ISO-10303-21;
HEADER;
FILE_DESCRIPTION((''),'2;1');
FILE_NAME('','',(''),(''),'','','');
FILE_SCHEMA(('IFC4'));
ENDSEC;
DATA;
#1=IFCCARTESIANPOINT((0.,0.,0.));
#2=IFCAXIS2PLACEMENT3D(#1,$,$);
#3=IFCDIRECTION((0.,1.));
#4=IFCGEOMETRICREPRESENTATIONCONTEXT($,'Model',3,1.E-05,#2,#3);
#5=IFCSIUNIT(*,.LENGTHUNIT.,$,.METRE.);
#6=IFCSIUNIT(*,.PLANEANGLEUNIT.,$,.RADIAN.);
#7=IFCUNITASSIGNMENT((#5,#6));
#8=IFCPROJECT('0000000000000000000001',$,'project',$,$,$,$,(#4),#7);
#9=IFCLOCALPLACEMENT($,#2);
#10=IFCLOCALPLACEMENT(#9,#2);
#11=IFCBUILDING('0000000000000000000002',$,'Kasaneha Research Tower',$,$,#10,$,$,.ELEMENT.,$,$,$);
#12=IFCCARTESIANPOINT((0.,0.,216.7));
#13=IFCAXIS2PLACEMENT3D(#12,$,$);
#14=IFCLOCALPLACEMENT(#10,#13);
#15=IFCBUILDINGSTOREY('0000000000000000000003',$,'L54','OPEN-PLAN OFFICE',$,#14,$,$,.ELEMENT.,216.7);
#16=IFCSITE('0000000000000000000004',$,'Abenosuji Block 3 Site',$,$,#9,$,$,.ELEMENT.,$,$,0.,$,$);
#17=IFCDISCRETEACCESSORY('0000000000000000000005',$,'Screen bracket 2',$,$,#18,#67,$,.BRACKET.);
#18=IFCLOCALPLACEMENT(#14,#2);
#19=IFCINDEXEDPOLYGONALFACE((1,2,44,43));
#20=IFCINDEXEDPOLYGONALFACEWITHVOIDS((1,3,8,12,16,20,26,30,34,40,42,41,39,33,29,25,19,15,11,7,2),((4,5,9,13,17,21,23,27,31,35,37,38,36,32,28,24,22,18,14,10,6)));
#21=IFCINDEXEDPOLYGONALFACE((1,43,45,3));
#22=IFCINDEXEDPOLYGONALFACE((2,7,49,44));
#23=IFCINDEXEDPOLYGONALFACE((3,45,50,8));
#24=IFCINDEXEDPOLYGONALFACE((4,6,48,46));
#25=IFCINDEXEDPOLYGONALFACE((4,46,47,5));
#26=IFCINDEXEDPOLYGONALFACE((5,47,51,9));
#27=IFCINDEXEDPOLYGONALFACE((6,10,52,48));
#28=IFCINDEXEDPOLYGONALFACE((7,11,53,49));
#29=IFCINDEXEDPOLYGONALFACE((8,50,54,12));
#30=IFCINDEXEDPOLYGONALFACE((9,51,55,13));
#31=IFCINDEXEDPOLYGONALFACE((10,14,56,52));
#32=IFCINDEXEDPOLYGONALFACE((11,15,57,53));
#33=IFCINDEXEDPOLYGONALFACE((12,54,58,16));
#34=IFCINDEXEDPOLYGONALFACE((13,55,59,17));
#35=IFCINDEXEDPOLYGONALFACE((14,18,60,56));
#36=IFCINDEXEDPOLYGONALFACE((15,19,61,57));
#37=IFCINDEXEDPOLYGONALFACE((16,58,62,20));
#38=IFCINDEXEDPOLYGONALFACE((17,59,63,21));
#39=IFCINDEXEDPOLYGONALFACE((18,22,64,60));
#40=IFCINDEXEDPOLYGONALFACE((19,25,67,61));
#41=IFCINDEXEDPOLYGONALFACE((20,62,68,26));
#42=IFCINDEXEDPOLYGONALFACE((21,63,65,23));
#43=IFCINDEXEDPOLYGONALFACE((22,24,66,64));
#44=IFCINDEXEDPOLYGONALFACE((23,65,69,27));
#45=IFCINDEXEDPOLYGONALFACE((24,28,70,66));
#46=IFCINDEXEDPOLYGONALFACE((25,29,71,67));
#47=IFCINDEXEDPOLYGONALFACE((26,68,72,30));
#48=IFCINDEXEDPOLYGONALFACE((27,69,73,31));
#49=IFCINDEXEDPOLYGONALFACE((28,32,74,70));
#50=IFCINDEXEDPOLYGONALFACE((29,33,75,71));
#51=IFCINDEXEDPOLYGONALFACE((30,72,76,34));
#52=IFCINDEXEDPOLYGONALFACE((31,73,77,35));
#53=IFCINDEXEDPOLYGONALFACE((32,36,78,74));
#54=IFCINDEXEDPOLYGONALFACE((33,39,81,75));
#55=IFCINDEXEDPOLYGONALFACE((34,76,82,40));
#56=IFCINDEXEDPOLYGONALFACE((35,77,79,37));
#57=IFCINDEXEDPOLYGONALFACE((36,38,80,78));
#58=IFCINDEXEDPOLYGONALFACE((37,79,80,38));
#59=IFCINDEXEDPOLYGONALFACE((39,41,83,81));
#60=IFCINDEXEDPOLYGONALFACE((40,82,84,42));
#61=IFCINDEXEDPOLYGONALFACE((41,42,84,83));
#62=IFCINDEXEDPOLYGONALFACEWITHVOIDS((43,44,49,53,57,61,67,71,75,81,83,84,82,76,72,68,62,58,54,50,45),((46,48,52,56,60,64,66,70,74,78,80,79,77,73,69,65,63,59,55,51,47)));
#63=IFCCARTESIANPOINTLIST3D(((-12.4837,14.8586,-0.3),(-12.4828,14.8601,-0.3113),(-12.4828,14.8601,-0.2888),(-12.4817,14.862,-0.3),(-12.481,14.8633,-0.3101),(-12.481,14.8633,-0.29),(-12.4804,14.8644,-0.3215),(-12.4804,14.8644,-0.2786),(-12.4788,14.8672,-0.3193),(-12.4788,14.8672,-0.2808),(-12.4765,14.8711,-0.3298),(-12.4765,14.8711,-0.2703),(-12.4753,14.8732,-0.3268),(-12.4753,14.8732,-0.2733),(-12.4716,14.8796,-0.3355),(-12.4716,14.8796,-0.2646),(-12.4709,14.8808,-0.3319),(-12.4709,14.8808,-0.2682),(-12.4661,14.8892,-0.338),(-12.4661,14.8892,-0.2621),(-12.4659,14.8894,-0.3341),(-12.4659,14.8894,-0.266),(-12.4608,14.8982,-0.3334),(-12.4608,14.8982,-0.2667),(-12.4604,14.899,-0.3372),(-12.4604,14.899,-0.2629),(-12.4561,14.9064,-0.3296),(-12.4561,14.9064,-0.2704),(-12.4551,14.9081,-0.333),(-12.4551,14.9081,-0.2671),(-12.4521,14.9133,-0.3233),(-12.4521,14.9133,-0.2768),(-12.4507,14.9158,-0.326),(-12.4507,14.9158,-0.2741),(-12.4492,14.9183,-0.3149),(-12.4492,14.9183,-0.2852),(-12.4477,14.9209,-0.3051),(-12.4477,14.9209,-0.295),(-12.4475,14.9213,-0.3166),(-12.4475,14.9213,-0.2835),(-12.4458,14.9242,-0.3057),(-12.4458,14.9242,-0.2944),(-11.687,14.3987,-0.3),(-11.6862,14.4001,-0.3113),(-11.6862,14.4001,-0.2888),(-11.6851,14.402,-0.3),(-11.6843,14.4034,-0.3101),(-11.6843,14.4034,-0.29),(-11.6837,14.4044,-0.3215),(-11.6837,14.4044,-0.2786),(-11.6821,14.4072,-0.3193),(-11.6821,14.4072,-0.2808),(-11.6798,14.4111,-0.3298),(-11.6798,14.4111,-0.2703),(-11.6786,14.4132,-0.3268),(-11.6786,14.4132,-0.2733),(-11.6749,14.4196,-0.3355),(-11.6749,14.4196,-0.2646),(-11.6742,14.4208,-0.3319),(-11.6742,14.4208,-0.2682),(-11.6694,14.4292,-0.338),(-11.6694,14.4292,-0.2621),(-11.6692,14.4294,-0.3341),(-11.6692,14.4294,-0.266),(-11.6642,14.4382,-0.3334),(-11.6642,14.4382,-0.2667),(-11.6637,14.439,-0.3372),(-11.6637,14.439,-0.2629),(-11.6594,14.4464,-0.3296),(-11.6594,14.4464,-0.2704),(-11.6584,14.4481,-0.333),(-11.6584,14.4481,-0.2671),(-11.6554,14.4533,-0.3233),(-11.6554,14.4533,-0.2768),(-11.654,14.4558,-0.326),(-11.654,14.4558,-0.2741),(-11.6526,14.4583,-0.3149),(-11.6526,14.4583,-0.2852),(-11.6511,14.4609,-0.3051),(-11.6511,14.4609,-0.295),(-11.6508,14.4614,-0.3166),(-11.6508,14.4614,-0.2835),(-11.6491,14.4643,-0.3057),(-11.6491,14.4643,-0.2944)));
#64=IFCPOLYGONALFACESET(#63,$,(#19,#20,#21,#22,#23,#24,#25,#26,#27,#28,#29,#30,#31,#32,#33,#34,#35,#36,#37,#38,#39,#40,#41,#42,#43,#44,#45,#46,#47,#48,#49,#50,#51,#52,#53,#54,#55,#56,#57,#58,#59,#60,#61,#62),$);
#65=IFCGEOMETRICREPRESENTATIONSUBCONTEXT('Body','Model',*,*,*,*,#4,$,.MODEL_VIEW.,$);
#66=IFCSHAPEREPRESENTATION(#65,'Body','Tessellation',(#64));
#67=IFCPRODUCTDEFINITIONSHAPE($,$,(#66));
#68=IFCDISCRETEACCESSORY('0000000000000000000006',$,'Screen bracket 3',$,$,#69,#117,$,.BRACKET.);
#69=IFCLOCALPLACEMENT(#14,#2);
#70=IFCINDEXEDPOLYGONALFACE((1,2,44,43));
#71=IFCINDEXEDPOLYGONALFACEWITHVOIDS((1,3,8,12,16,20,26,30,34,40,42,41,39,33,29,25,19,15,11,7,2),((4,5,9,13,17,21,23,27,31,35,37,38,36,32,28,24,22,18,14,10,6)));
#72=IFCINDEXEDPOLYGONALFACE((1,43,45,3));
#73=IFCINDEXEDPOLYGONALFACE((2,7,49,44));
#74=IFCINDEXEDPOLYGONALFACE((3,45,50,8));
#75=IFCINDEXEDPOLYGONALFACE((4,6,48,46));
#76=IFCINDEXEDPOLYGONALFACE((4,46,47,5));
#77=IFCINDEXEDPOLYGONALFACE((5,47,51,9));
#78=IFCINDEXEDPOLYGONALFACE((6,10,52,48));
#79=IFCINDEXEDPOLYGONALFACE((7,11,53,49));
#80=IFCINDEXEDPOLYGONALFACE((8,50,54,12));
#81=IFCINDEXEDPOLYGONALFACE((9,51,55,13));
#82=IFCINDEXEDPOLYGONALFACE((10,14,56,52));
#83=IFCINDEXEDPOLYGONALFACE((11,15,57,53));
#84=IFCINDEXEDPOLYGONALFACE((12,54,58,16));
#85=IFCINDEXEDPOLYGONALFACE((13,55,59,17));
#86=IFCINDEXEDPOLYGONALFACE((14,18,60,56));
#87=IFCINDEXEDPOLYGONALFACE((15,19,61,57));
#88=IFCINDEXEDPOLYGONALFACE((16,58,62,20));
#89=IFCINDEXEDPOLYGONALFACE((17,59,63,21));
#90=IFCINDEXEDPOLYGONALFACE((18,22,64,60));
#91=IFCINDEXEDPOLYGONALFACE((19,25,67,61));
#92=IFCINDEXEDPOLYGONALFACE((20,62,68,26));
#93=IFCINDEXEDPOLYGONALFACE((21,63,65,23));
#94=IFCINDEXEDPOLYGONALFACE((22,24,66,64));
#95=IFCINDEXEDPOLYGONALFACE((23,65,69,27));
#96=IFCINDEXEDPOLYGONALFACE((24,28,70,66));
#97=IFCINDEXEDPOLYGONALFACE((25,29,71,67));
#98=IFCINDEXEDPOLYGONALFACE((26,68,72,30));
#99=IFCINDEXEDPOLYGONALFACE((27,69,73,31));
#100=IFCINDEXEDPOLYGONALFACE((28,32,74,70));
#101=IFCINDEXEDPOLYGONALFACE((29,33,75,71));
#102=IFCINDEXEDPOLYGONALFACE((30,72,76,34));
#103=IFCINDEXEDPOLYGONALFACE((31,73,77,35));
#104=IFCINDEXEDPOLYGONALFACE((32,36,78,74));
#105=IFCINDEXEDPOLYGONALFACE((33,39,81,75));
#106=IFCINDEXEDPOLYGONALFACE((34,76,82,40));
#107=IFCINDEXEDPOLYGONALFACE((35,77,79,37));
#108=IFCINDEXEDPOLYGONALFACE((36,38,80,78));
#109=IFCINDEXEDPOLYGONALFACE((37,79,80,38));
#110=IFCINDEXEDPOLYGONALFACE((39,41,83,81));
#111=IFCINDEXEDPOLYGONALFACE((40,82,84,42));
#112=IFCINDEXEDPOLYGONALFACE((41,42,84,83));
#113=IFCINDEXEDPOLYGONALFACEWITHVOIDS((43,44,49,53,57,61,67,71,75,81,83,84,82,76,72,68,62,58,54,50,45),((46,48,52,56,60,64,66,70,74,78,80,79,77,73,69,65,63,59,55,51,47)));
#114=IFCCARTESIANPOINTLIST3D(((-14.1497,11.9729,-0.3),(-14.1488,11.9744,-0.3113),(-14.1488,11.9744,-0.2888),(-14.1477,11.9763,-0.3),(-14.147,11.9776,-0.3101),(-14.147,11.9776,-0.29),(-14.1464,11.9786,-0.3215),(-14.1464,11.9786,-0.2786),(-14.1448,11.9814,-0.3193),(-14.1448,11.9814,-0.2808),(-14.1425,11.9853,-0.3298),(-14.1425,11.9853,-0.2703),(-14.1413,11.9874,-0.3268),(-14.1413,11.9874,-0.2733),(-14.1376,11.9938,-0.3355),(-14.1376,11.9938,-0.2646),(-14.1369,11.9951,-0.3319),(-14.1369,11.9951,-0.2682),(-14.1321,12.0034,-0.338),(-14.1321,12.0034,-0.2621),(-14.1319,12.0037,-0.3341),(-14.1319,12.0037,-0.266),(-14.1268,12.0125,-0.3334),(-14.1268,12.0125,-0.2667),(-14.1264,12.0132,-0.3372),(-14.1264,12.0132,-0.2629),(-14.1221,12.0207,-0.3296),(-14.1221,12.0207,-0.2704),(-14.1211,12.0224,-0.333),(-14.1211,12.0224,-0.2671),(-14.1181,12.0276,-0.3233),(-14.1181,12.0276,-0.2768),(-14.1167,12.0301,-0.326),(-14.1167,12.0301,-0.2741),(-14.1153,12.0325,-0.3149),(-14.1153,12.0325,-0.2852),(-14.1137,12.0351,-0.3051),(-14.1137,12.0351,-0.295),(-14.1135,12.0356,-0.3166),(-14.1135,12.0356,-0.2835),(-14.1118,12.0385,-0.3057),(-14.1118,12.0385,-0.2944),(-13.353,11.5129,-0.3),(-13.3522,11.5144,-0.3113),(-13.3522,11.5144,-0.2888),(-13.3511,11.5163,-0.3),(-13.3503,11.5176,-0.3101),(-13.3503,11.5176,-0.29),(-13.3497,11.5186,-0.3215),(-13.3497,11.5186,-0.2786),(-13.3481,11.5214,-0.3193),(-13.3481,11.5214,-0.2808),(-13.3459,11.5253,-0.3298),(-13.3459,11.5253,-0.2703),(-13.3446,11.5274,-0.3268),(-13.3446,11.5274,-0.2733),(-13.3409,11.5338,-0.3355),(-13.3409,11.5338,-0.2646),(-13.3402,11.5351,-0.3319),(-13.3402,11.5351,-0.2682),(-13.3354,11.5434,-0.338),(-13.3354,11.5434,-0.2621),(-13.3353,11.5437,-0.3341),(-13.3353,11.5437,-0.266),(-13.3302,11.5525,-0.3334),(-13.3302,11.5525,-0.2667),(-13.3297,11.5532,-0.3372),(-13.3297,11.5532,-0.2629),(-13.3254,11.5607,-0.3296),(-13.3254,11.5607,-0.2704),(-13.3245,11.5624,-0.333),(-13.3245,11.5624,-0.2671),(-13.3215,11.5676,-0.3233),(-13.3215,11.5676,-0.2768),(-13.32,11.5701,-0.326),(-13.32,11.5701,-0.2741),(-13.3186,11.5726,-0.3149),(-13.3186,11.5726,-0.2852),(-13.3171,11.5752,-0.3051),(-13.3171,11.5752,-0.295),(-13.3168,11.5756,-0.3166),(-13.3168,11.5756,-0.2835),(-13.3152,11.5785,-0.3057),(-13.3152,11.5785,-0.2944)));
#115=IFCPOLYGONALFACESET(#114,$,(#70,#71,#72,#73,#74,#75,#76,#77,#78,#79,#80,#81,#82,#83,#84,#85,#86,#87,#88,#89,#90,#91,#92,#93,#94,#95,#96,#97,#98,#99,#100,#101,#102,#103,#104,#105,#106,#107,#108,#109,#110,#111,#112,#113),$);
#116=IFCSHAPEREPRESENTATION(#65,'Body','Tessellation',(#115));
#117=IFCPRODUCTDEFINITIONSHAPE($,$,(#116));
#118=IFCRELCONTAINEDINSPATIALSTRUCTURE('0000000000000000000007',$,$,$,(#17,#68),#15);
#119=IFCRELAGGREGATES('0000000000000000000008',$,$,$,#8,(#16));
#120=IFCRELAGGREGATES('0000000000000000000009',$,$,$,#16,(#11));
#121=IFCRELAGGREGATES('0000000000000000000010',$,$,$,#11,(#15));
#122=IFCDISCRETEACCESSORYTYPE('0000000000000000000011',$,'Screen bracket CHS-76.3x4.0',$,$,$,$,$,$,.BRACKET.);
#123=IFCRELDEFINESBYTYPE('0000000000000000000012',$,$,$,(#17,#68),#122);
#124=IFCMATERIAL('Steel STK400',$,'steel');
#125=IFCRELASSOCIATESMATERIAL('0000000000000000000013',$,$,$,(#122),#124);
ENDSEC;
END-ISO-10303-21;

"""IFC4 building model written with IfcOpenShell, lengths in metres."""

from ifc_helpers import new_model, si_unit, direction, frame, origin, origin_2d, place, context, subcontext, project, spatial, hollow_circle, extrude, material, material_profile, profile_set, type_object, element, save


model = new_model("IFC4")

# Units and contexts
model_context = context("Model", 3, precision=1e-05, world=origin(), true_north=direction((0.0, 1.0)))
body_context = subcontext(model_context, "Body", "Model", "MODEL_VIEW")
ifc_project = project(units=[si_unit("LENGTHUNIT", "METRE"), si_unit("PLANEANGLEUNIT", "RADIAN")], contexts=[model_context])

# Site, building, storey
site_placement = place(None, origin())
site = spatial("IfcSite", under=ifc_project, at=site_placement, Name="Abenosuji Block 3 Site", CompositionType="ELEMENT", RefElevation=0.0)
building_placement = place(site_placement, origin())
building = spatial("IfcBuilding", under=site, at=building_placement, Name="Kasaneha Research Tower", CompositionType="ELEMENT")
storey_placement = place(building_placement, frame((0.0, 0.0, 216.7)))
storey = spatial("IfcBuildingStorey", under=building, at=storey_placement, Name="L54", Description="OPEN-PLAN OFFICE", CompositionType="ELEMENT", Elevation=216.7)

# Discrete accessories
ifc_material_1 = material(Name="Steel STK400", Category="steel")
ifc_material_profile_1 = material_profile(ifc_material_1, hollow_circle(Radius=0.0381, WallThickness=0.0039, at=origin_2d()), Name="CHS-76.3x4.0")
ifc_profile_set_1 = profile_set([ifc_material_profile_1], Name="Steel STK400")
discrete_accessory_type = type_object("IfcDiscreteAccessoryType", Name="Screen bracket CHS-76.3x4.0", PredefinedType="BRACKET", material=ifc_profile_set_1)
for number, where, z_axis, x_axis, name in (
    (1, (-11.668, 14.4316, -0.3), (-0.866013, 0.500021, 0.0), (-0.500021, -0.866013, 0.0), "Screen bracket 2"),
    (2, (-13.334, 11.5459, -0.3), (-0.866013, 0.500021, 0.0), (-0.500021, -0.866013, 0.0), "Screen bracket 3"),
):
    element("IfcDiscreteAccessory", number, at=place(storey_placement, frame(where, z_axis=z_axis, x_axis=x_axis)), inside=storey, type_object=discrete_accessory_type, Name=name, PredefinedType="BRACKET", context=body_context, shape_type="SweptSolid", body=[
        extrude(hollow_circle(Radius=0.0381, WallThickness=0.0039, at=origin_2d()), origin(), (0.0, 0.0, 1.0), 0.9199),
    ])

save(model, "model.ifc")
